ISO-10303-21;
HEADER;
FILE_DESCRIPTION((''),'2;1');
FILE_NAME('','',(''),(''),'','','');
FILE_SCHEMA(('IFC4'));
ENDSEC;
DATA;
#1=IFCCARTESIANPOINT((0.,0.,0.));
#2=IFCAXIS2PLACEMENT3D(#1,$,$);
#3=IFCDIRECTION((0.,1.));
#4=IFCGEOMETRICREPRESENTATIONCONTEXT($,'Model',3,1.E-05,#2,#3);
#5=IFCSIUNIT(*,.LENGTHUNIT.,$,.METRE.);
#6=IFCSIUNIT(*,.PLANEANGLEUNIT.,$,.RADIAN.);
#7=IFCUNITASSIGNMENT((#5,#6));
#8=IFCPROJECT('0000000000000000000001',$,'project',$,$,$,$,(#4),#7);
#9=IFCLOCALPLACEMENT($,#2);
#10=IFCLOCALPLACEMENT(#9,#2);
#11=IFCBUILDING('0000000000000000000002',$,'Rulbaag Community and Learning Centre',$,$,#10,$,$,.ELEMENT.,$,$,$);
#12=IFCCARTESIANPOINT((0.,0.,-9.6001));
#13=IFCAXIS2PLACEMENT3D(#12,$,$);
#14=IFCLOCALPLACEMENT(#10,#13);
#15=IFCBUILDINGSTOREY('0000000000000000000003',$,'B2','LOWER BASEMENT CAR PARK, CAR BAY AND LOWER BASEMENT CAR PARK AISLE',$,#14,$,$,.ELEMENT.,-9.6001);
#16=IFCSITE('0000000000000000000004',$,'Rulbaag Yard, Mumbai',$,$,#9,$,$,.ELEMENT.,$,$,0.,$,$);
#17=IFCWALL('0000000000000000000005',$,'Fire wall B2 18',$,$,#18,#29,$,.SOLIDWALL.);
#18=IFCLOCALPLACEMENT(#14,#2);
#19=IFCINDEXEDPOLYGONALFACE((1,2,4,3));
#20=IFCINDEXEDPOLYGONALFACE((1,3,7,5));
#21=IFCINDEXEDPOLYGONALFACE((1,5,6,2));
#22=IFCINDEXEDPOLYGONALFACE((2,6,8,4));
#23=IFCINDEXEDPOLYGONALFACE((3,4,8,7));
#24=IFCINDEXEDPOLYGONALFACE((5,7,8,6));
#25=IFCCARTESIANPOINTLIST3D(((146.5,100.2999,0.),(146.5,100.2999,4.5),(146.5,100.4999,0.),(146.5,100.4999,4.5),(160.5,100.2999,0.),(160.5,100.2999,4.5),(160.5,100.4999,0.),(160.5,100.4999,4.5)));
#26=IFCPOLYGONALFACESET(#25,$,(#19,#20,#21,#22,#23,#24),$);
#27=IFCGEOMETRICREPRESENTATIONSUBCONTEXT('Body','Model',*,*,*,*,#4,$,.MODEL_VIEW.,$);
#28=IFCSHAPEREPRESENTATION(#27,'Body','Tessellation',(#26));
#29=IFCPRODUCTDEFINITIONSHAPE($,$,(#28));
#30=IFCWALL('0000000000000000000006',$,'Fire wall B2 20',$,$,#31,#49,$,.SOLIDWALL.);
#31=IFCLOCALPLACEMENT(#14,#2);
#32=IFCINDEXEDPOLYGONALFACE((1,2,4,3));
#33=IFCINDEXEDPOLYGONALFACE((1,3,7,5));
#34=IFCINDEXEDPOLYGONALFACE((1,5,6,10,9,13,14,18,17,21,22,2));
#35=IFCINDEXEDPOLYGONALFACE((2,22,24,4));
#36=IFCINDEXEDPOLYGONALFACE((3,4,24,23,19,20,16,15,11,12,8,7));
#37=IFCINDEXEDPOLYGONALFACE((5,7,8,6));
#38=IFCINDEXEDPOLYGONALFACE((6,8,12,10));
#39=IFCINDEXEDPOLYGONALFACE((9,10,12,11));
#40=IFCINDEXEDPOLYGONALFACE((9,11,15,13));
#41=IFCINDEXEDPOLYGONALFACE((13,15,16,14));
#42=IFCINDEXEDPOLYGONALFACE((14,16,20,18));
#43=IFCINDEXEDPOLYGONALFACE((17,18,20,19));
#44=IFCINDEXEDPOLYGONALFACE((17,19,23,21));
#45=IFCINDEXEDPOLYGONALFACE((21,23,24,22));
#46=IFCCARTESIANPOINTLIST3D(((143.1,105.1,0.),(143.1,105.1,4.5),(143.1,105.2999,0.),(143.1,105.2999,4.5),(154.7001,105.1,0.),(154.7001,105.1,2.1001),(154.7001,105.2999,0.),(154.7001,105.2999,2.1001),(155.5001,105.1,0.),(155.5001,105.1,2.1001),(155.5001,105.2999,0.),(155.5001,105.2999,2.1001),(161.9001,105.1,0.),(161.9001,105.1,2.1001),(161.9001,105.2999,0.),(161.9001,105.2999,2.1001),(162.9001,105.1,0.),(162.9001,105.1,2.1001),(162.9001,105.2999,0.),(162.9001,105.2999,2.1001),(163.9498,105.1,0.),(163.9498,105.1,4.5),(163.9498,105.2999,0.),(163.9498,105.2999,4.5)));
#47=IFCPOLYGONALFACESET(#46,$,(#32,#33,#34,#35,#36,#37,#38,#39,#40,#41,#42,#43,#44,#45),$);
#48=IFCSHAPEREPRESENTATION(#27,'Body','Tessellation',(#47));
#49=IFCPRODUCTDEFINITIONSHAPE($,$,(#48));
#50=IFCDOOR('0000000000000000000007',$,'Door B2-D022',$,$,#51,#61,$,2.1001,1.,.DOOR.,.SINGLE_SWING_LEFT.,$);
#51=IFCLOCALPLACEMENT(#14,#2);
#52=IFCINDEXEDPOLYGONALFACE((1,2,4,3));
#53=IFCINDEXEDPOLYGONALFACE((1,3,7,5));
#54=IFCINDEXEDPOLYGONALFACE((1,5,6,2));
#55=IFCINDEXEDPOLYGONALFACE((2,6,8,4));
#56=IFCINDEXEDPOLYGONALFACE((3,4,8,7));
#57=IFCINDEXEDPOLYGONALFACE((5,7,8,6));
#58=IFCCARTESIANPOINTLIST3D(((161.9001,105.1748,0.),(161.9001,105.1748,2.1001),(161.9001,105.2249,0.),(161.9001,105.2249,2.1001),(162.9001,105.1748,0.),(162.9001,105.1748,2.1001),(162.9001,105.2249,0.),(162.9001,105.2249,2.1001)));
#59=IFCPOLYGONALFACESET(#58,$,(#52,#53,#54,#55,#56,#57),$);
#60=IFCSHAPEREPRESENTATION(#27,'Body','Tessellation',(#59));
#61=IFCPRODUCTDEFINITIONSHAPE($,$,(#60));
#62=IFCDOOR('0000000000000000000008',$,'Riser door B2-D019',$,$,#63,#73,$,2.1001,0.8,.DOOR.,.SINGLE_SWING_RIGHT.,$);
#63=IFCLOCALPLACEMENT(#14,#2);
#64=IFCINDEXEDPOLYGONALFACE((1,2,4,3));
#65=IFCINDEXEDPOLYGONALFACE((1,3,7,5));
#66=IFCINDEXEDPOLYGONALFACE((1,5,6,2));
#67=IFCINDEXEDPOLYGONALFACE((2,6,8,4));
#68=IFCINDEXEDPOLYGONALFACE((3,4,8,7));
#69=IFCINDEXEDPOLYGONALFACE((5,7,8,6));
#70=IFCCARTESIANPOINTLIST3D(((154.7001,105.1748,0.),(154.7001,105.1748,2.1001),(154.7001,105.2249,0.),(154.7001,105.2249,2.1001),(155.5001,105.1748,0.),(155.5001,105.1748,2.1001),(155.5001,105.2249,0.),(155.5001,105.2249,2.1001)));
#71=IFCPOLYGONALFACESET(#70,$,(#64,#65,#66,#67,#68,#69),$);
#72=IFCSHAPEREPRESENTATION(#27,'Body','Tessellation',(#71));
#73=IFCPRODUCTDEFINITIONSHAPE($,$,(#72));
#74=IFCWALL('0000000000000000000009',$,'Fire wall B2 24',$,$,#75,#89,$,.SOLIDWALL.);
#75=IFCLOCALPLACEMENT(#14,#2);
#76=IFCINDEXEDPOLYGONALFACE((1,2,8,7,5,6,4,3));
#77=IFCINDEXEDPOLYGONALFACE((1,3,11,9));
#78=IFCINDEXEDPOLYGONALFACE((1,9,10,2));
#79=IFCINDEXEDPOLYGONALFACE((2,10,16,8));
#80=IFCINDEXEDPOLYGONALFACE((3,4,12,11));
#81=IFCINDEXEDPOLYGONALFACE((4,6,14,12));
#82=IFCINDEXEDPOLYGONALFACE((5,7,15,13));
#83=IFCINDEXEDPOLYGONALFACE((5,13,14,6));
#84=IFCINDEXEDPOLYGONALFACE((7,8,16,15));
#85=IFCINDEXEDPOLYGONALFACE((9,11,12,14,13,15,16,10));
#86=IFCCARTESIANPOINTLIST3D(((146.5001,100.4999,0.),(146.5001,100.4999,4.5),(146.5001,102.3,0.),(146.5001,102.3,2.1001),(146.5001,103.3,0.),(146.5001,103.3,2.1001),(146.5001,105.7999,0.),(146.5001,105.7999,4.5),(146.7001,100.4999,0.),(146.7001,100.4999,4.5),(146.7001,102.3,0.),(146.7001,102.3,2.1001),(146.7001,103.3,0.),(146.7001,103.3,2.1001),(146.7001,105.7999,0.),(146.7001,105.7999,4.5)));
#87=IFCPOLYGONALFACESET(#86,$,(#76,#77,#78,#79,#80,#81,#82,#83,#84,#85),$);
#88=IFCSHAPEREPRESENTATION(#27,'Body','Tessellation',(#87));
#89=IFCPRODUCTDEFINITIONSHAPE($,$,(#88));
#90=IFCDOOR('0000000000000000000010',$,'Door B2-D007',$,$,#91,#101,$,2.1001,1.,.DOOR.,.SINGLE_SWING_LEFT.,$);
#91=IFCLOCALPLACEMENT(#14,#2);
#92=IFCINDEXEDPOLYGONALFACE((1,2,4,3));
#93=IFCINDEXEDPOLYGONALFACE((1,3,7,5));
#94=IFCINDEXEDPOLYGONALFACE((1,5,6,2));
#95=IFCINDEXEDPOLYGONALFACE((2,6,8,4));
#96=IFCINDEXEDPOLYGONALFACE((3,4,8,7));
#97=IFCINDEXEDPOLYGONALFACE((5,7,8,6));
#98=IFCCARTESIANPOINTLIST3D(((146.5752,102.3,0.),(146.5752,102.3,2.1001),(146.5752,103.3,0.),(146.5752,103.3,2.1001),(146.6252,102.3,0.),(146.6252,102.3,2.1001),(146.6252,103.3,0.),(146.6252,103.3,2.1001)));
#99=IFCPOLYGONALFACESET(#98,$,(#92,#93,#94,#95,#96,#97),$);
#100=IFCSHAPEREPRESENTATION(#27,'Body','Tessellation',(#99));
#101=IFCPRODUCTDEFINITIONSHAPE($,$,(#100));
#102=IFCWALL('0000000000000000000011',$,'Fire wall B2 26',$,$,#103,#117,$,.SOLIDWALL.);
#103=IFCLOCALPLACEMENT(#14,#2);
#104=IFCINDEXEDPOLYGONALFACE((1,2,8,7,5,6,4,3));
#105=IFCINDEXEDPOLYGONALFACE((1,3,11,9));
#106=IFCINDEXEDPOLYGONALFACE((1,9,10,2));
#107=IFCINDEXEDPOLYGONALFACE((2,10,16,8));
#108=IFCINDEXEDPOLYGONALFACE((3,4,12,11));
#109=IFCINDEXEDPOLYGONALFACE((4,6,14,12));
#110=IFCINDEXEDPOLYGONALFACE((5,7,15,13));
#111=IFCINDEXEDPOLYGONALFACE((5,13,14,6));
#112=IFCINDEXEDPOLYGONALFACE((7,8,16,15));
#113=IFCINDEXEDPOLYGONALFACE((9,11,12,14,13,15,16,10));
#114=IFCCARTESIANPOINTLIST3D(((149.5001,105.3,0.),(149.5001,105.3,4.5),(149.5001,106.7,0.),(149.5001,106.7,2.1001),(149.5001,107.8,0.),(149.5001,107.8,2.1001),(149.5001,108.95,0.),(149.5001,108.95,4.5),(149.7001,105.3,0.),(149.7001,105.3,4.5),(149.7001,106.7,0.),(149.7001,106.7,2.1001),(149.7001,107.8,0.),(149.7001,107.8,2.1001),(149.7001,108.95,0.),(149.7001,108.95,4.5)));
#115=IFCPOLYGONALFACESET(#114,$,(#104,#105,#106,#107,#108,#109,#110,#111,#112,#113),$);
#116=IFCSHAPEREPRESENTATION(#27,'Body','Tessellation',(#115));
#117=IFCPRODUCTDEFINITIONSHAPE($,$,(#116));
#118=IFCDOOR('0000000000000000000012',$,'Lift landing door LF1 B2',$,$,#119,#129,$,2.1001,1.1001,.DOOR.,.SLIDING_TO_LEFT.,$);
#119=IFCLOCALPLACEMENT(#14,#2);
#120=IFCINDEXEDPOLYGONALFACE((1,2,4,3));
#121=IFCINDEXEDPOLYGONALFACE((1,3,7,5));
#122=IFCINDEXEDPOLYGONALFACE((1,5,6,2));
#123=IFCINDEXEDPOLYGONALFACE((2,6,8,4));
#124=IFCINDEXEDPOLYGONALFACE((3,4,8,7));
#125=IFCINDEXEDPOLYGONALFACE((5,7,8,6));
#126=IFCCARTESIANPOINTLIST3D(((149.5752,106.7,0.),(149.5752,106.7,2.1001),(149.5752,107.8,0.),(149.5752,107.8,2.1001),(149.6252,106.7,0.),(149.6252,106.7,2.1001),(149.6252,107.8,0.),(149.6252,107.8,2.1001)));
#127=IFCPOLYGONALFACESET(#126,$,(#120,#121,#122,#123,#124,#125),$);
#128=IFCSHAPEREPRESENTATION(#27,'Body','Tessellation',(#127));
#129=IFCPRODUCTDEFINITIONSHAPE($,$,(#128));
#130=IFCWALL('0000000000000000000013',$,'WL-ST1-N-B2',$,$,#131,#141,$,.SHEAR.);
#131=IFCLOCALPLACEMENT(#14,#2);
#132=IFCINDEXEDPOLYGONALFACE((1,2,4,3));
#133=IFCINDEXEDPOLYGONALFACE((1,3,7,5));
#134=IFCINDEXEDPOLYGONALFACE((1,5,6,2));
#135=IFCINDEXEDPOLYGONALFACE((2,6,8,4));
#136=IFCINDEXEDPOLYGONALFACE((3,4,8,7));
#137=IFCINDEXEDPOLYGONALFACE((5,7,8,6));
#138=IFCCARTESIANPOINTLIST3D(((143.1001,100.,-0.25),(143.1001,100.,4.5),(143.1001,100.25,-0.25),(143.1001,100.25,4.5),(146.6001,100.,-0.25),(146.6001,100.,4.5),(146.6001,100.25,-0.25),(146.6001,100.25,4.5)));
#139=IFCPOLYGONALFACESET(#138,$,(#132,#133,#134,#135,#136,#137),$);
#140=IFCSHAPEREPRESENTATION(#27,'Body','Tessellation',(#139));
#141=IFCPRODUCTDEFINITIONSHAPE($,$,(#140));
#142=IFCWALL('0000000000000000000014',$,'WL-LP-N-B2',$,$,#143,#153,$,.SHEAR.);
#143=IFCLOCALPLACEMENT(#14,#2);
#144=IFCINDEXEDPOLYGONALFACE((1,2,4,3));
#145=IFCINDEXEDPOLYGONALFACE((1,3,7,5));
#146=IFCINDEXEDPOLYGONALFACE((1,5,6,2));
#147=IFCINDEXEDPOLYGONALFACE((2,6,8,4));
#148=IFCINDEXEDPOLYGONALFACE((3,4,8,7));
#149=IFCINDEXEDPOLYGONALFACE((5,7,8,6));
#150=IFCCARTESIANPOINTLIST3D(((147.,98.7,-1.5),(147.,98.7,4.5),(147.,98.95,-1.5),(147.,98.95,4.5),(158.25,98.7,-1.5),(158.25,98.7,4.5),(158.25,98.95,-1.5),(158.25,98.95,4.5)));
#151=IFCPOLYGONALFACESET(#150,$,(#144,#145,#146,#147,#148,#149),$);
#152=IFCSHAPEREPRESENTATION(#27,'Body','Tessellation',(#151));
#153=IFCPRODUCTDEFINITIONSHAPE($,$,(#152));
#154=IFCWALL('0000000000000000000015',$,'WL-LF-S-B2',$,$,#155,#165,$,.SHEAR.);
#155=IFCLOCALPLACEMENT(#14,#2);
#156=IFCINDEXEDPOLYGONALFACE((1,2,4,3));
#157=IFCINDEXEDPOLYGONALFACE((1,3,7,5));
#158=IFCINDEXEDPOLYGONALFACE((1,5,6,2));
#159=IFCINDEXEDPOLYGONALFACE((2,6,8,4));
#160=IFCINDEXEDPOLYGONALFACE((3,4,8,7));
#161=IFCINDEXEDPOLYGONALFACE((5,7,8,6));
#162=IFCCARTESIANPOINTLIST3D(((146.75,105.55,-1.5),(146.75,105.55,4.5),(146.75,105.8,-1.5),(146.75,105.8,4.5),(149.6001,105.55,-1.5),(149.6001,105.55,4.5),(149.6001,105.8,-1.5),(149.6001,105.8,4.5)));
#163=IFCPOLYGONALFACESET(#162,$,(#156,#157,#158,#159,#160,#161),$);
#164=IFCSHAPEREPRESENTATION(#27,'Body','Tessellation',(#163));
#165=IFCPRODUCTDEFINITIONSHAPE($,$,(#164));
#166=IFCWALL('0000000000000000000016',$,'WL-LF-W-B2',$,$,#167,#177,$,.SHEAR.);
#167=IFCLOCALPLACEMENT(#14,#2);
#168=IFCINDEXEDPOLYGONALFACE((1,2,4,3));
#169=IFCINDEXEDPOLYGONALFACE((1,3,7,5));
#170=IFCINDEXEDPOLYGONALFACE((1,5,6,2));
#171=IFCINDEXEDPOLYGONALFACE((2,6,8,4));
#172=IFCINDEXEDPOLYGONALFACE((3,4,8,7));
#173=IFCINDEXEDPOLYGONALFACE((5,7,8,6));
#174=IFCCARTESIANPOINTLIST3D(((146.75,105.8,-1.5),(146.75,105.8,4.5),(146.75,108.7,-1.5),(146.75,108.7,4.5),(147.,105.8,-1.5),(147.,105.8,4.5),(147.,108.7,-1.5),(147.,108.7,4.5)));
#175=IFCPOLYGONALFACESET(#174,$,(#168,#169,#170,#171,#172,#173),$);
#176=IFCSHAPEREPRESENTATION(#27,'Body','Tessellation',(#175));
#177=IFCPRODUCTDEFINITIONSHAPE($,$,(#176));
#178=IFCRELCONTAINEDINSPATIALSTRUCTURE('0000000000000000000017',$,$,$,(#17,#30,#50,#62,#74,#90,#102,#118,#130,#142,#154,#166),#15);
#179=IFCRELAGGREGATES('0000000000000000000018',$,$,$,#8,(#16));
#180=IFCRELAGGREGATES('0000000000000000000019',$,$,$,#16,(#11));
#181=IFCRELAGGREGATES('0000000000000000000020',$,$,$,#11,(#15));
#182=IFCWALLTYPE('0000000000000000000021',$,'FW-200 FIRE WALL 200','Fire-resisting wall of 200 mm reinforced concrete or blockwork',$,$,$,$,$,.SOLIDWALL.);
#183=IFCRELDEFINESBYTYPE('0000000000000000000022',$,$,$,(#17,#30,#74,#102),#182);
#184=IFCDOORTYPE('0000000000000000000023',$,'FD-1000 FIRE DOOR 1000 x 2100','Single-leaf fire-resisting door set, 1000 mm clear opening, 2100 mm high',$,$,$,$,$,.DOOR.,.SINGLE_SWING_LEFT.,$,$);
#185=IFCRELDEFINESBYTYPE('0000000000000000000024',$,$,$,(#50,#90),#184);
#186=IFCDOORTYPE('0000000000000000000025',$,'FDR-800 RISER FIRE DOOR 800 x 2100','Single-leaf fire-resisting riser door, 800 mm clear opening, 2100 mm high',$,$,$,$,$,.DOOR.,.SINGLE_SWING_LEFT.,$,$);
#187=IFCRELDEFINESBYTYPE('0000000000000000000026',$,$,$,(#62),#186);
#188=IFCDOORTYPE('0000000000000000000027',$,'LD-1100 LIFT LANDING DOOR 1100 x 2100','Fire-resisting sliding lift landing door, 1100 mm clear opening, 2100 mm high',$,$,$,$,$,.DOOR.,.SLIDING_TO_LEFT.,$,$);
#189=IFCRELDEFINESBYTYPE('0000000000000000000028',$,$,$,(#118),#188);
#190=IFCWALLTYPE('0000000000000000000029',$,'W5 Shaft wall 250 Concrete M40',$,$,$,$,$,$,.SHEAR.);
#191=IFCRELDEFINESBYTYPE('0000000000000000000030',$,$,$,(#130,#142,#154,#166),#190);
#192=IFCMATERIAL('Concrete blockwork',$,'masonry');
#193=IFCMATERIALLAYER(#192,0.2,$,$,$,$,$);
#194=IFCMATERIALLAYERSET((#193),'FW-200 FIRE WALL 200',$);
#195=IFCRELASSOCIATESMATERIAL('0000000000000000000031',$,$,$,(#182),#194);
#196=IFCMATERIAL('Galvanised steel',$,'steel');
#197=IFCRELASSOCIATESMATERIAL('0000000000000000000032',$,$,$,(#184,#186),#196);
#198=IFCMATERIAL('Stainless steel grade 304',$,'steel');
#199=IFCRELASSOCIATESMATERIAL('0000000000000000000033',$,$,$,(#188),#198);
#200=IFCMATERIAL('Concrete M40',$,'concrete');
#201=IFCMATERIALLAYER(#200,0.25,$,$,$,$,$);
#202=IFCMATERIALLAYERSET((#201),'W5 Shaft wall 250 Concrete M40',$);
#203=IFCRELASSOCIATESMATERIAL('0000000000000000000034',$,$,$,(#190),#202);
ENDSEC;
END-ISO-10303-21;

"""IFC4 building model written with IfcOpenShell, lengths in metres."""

from ifc_helpers import new_model, si_unit, direction, frame, frame_2d, origin, place, context, subcontext, project, spatial, rectangle, extrude, material, layer, layer_set, type_object, element, fill, save


model = new_model("IFC4")

# Units and contexts
model_context = context("Model", 3, precision=1e-05, world=origin(), true_north=direction((0.0, 1.0)))
body_context = subcontext(model_context, "Body", "Model", "MODEL_VIEW")
ifc_project = project(units=[si_unit("LENGTHUNIT", "METRE"), si_unit("PLANEANGLEUNIT", "RADIAN")], contexts=[model_context])

# Site, building, storey
site_placement = place(None, origin())
site = spatial("IfcSite", under=ifc_project, at=site_placement, Name="Rulbaag Yard, Mumbai", CompositionType="ELEMENT", RefElevation=0.0)
building_placement = place(site_placement, origin())
building = spatial("IfcBuilding", under=site, at=building_placement, Name="Rulbaag Community and Learning Centre", CompositionType="ELEMENT")
storey_placement = place(building_placement, frame((0.0, 0.0, -9.6001)))
storey = spatial("IfcBuildingStorey", under=building, at=storey_placement, Name="B2", Description="LOWER BASEMENT CAR PARK, CAR BAY AND LOWER BASEMENT CAR PARK AISLE", CompositionType="ELEMENT", Elevation=-9.6001)

# Wall
ifc_material_1 = material(Name="Concrete blockwork", Category="masonry")
ifc_layer_1 = layer(ifc_material_1, 0.2)
ifc_layer_set_1 = layer_set([ifc_layer_1], Name="FW-200 FIRE WALL 200")
wall_type_1 = type_object("IfcWallType", Name="FW-200 FIRE WALL 200", Description="Fire-resisting wall of 200 mm reinforced concrete or blockwork", PredefinedType="SOLIDWALL", material=ifc_layer_set_1)
wall_1_placement = place(storey_placement, frame((146.5, 100.3999, 0.0), z_axis=(0.0, 0.0, 1.0), x_axis=(1.0, 0.0, 0.0)))
element("IfcWall", 1, at=wall_1_placement, inside=storey, type_object=wall_type_1, Name="Fire wall B2 18", PredefinedType="SOLIDWALL", context=body_context, shape_type="SweptSolid", body=[
    extrude(rectangle(XDim=14.0, YDim=0.2, at=frame_2d((7.0, 0.0))), origin(), (0.0, 0.0, 1.0), 4.5),
])

# Wall, openings, doors
wall_2_placement = place(storey_placement, frame((143.1001, 105.2, 0.0), z_axis=(0.0, 0.0, 1.0), x_axis=(1.0, 0.0, 0.0)))
wall_2 = element("IfcWall", 2, at=wall_2_placement, inside=storey, type_object=wall_type_1, Name="Fire wall B2 20", PredefinedType="SOLIDWALL", context=body_context, shape_type="SweptSolid", body=[
    extrude(rectangle(XDim=20.8499, YDim=0.2, at=frame_2d((10.4248, 0.0))), origin(), (0.0, 0.0, 1.0), 4.5),
])
opening_1_placement = place(wall_2_placement, frame((11.6001, 0.0, 0.0)))
opening_1 = element("IfcOpeningElement", 3, at=opening_1_placement, cuts=wall_2, PredefinedType="OPENING", context=body_context, shape_type="SweptSolid", body=[
    extrude(rectangle(XDim=0.8, YDim=2.1001, at=frame_2d((0.3999, 1.05))), frame((0.0, 0.1099, 0.0), z_axis=(0.0, -1.0, 0.0), x_axis=(1.0, 0.0, 0.0)), (0.0, 0.0, 1.0), 0.22),
])
opening_2_placement = place(wall_2_placement, frame((18.8, 0.0, 0.0)))
opening_2 = element("IfcOpeningElement", 4, at=opening_2_placement, cuts=wall_2, PredefinedType="OPENING", context=body_context, shape_type="SweptSolid", body=[
    extrude(rectangle(XDim=1.0, YDim=2.1001, at=frame_2d((0.5, 1.05))), frame((0.0, 0.1099, 0.0), z_axis=(0.0, -1.0, 0.0), x_axis=(1.0, 0.0, 0.0)), (0.0, 0.0, 1.0), 0.22),
])
ifc_material_2 = material(Name="Galvanised steel", Category="steel")
door_type_1 = type_object("IfcDoorType", Name="FD-1000 FIRE DOOR 1000 x 2100", Description="Single-leaf fire-resisting door set, 1000 mm clear opening, 2100 mm high", OperationType="SINGLE_SWING_LEFT", PredefinedType="DOOR", material=ifc_material_2)
door_1_placement = place(opening_2_placement, origin())
door_1 = element("IfcDoor", 5, at=door_1_placement, inside=storey, type_object=door_type_1, Name="Door B2-D022", OperationType="SINGLE_SWING_LEFT", OverallHeight=2.1001, OverallWidth=1.0, PredefinedType="DOOR", context=body_context, shape_type="SweptSolid", body=[
    extrude(rectangle(XDim=1.0, YDim=2.1001, at=frame_2d((0.5, 1.05))), frame((0.0, 0.0249, 0.0), z_axis=(0.0, -1.0, 0.0), x_axis=(1.0, 0.0, 0.0)), (0.0, 0.0, 1.0), 0.05),
])
fill(opening_2, door_1)
door_type_2 = type_object("IfcDoorType", Name="FDR-800 RISER FIRE DOOR 800 x 2100", Description="Single-leaf fire-resisting riser door, 800 mm clear opening, 2100 mm high", OperationType="SINGLE_SWING_LEFT", PredefinedType="DOOR", material=ifc_material_2)
door_2_placement = place(opening_1_placement, origin())
door_2 = element("IfcDoor", 6, at=door_2_placement, inside=storey, type_object=door_type_2, Name="Riser door B2-D019", OperationType="SINGLE_SWING_RIGHT", OverallHeight=2.1001, OverallWidth=0.8, PredefinedType="DOOR", context=body_context, shape_type="SweptSolid", body=[
    extrude(rectangle(XDim=0.8, YDim=2.1001, at=frame_2d((0.3999, 1.05))), frame((0.0, 0.0249, 0.0), z_axis=(0.0, -1.0, 0.0), x_axis=(1.0, 0.0, 0.0)), (0.0, 0.0, 1.0), 0.05),
])
fill(opening_1, door_2)

# Walls, openings, doors
wall_3_placement = place(storey_placement, frame((146.6001, 100.5, 0.0), z_axis=(0.0, 0.0, 1.0), x_axis=(0.0, 1.0, 0.0)))
wall_3 = element("IfcWall", 7, at=wall_3_placement, inside=storey, type_object=wall_type_1, Name="Fire wall B2 24", PredefinedType="SOLIDWALL", context=body_context, shape_type="SweptSolid", body=[
    extrude(rectangle(XDim=5.3, YDim=0.2, at=frame_2d((2.6499, 0.0))), origin(), (0.0, 0.0, 1.0), 4.5),
])
opening_3_placement = place(wall_3_placement, frame((1.8, 0.0, 0.0)))
opening_3 = element("IfcOpeningElement", 8, at=opening_3_placement, cuts=wall_3, PredefinedType="OPENING", context=body_context, shape_type="SweptSolid", body=[
    extrude(rectangle(XDim=1.0, YDim=2.1001, at=frame_2d((0.5, 1.05))), frame((0.0, 0.1099, 0.0), z_axis=(0.0, -1.0, 0.0), x_axis=(1.0, 0.0, 0.0)), (0.0, 0.0, 1.0), 0.22),
])
door_3_placement = place(opening_3_placement, origin())
door_3 = element("IfcDoor", 9, at=door_3_placement, inside=storey, type_object=door_type_1, Name="Door B2-D007", OperationType="SINGLE_SWING_LEFT", OverallHeight=2.1001, OverallWidth=1.0, PredefinedType="DOOR", context=body_context, shape_type="SweptSolid", body=[
    extrude(rectangle(XDim=1.0, YDim=2.1001, at=frame_2d((0.5, 1.05))), frame((0.0, 0.0249, 0.0), z_axis=(0.0, -1.0, 0.0), x_axis=(1.0, 0.0, 0.0)), (0.0, 0.0, 1.0), 0.05),
])
fill(opening_3, door_3)
wall_4_placement = place(storey_placement, frame((149.6001, 105.3, 0.0), z_axis=(0.0, 0.0, 1.0), x_axis=(0.0, 1.0, 0.0)))
wall_4 = element("IfcWall", 10, at=wall_4_placement, inside=storey, type_object=wall_type_1, Name="Fire wall B2 26", PredefinedType="SOLIDWALL", context=body_context, shape_type="SweptSolid", body=[
    extrude(rectangle(XDim=3.6499, YDim=0.2, at=frame_2d((1.825, 0.0))), origin(), (0.0, 0.0, 1.0), 4.5),
])
opening_4_placement = place(wall_4_placement, frame((1.3999, 0.0, 0.0)))
opening_4 = element("IfcOpeningElement", 11, at=opening_4_placement, cuts=wall_4, PredefinedType="OPENING", context=body_context, shape_type="SweptSolid", body=[
    extrude(rectangle(XDim=1.1001, YDim=2.1001, at=frame_2d((0.55, 1.05))), frame((0.0, 0.1099, 0.0), z_axis=(0.0, -1.0, 0.0), x_axis=(1.0, 0.0, 0.0)), (0.0, 0.0, 1.0), 0.22),
])
ifc_material_3 = material(Name="Stainless steel grade 304", Category="steel")
door_type_3 = type_object("IfcDoorType", Name="LD-1100 LIFT LANDING DOOR 1100 x 2100", Description="Fire-resisting sliding lift landing door, 1100 mm clear opening, 2100 mm high", OperationType="SLIDING_TO_LEFT", PredefinedType="DOOR", material=ifc_material_3)
door_4_placement = place(opening_4_placement, origin())
door_4 = element("IfcDoor", 12, at=door_4_placement, inside=storey, type_object=door_type_3, Name="Lift landing door LF1 B2", OperationType="SLIDING_TO_LEFT", OverallHeight=2.1001, OverallWidth=1.1001, PredefinedType="DOOR", context=body_context, shape_type="SweptSolid", body=[
    extrude(rectangle(XDim=1.1001, YDim=2.1001, at=frame_2d((0.55, 1.05))), frame((0.0, 0.0249, 0.0), z_axis=(0.0, -1.0, 0.0), x_axis=(1.0, 0.0, 0.0)), (0.0, 0.0, 1.0), 0.05),
])
fill(opening_4, door_4)

# Walls
ifc_material_4 = material(Name="Concrete M40", Category="concrete")
ifc_layer_2 = layer(ifc_material_4, 0.25)
ifc_layer_set_2 = layer_set([ifc_layer_2], Name="W5 Shaft wall 250 Concrete M40")
wall_type_2 = type_object("IfcWallType", Name="W5 Shaft wall 250 Concrete M40", PredefinedType="SHEAR", material=ifc_layer_set_2)
wall_5_placement = place(storey_placement, frame((143.1001, 100.125, -0.25), z_axis=(0.0, 0.0, 1.0), x_axis=(1.0, 0.0, 0.0)))
element("IfcWall", 13, at=wall_5_placement, inside=storey, type_object=wall_type_2, Name="WL-ST1-N-B2", PredefinedType="SHEAR", context=body_context, shape_type="SweptSolid", body=[
    extrude(rectangle(XDim=3.5, YDim=0.25, at=frame_2d((1.75, 0.0))), origin(), (0.0, 0.0, 1.0), 4.75),
])
wall_6_placement = place(storey_placement, frame((147.0, 98.825, -1.5), z_axis=(0.0, 0.0, 1.0), x_axis=(1.0, 0.0, 0.0)))
element("IfcWall", 14, at=wall_6_placement, inside=storey, type_object=wall_type_2, Name="WL-LP-N-B2", PredefinedType="SHEAR", context=body_context, shape_type="SweptSolid", body=[
    extrude(rectangle(XDim=11.25, YDim=0.25, at=frame_2d((5.625, 0.0))), origin(), (0.0, 0.0, 1.0), 6.0),
])
wall_7_placement = place(storey_placement, frame((146.75, 105.675, -1.5), z_axis=(0.0, 0.0, 1.0), x_axis=(1.0, 0.0, 0.0)))
element("IfcWall", 15, at=wall_7_placement, inside=storey, type_object=wall_type_2, Name="WL-LF-S-B2", PredefinedType="SHEAR", context=body_context, shape_type="SweptSolid", body=[
    extrude(rectangle(XDim=2.8501, YDim=0.25, at=frame_2d((1.425, 0.0))), origin(), (0.0, 0.0, 1.0), 6.0),
])
wall_8_placement = place(storey_placement, frame((146.875, 105.8, -1.5), z_axis=(0.0, 0.0, 1.0), x_axis=(0.0, 1.0, 0.0)))
element("IfcWall", 16, at=wall_8_placement, inside=storey, type_object=wall_type_2, Name="WL-LF-W-B2", PredefinedType="SHEAR", context=body_context, shape_type="SweptSolid", body=[
    extrude(rectangle(XDim=2.8999, YDim=0.25, at=frame_2d((1.45, 0.0))), origin(), (0.0, 0.0, 1.0), 6.0),
])

save(model, "model.ifc")
